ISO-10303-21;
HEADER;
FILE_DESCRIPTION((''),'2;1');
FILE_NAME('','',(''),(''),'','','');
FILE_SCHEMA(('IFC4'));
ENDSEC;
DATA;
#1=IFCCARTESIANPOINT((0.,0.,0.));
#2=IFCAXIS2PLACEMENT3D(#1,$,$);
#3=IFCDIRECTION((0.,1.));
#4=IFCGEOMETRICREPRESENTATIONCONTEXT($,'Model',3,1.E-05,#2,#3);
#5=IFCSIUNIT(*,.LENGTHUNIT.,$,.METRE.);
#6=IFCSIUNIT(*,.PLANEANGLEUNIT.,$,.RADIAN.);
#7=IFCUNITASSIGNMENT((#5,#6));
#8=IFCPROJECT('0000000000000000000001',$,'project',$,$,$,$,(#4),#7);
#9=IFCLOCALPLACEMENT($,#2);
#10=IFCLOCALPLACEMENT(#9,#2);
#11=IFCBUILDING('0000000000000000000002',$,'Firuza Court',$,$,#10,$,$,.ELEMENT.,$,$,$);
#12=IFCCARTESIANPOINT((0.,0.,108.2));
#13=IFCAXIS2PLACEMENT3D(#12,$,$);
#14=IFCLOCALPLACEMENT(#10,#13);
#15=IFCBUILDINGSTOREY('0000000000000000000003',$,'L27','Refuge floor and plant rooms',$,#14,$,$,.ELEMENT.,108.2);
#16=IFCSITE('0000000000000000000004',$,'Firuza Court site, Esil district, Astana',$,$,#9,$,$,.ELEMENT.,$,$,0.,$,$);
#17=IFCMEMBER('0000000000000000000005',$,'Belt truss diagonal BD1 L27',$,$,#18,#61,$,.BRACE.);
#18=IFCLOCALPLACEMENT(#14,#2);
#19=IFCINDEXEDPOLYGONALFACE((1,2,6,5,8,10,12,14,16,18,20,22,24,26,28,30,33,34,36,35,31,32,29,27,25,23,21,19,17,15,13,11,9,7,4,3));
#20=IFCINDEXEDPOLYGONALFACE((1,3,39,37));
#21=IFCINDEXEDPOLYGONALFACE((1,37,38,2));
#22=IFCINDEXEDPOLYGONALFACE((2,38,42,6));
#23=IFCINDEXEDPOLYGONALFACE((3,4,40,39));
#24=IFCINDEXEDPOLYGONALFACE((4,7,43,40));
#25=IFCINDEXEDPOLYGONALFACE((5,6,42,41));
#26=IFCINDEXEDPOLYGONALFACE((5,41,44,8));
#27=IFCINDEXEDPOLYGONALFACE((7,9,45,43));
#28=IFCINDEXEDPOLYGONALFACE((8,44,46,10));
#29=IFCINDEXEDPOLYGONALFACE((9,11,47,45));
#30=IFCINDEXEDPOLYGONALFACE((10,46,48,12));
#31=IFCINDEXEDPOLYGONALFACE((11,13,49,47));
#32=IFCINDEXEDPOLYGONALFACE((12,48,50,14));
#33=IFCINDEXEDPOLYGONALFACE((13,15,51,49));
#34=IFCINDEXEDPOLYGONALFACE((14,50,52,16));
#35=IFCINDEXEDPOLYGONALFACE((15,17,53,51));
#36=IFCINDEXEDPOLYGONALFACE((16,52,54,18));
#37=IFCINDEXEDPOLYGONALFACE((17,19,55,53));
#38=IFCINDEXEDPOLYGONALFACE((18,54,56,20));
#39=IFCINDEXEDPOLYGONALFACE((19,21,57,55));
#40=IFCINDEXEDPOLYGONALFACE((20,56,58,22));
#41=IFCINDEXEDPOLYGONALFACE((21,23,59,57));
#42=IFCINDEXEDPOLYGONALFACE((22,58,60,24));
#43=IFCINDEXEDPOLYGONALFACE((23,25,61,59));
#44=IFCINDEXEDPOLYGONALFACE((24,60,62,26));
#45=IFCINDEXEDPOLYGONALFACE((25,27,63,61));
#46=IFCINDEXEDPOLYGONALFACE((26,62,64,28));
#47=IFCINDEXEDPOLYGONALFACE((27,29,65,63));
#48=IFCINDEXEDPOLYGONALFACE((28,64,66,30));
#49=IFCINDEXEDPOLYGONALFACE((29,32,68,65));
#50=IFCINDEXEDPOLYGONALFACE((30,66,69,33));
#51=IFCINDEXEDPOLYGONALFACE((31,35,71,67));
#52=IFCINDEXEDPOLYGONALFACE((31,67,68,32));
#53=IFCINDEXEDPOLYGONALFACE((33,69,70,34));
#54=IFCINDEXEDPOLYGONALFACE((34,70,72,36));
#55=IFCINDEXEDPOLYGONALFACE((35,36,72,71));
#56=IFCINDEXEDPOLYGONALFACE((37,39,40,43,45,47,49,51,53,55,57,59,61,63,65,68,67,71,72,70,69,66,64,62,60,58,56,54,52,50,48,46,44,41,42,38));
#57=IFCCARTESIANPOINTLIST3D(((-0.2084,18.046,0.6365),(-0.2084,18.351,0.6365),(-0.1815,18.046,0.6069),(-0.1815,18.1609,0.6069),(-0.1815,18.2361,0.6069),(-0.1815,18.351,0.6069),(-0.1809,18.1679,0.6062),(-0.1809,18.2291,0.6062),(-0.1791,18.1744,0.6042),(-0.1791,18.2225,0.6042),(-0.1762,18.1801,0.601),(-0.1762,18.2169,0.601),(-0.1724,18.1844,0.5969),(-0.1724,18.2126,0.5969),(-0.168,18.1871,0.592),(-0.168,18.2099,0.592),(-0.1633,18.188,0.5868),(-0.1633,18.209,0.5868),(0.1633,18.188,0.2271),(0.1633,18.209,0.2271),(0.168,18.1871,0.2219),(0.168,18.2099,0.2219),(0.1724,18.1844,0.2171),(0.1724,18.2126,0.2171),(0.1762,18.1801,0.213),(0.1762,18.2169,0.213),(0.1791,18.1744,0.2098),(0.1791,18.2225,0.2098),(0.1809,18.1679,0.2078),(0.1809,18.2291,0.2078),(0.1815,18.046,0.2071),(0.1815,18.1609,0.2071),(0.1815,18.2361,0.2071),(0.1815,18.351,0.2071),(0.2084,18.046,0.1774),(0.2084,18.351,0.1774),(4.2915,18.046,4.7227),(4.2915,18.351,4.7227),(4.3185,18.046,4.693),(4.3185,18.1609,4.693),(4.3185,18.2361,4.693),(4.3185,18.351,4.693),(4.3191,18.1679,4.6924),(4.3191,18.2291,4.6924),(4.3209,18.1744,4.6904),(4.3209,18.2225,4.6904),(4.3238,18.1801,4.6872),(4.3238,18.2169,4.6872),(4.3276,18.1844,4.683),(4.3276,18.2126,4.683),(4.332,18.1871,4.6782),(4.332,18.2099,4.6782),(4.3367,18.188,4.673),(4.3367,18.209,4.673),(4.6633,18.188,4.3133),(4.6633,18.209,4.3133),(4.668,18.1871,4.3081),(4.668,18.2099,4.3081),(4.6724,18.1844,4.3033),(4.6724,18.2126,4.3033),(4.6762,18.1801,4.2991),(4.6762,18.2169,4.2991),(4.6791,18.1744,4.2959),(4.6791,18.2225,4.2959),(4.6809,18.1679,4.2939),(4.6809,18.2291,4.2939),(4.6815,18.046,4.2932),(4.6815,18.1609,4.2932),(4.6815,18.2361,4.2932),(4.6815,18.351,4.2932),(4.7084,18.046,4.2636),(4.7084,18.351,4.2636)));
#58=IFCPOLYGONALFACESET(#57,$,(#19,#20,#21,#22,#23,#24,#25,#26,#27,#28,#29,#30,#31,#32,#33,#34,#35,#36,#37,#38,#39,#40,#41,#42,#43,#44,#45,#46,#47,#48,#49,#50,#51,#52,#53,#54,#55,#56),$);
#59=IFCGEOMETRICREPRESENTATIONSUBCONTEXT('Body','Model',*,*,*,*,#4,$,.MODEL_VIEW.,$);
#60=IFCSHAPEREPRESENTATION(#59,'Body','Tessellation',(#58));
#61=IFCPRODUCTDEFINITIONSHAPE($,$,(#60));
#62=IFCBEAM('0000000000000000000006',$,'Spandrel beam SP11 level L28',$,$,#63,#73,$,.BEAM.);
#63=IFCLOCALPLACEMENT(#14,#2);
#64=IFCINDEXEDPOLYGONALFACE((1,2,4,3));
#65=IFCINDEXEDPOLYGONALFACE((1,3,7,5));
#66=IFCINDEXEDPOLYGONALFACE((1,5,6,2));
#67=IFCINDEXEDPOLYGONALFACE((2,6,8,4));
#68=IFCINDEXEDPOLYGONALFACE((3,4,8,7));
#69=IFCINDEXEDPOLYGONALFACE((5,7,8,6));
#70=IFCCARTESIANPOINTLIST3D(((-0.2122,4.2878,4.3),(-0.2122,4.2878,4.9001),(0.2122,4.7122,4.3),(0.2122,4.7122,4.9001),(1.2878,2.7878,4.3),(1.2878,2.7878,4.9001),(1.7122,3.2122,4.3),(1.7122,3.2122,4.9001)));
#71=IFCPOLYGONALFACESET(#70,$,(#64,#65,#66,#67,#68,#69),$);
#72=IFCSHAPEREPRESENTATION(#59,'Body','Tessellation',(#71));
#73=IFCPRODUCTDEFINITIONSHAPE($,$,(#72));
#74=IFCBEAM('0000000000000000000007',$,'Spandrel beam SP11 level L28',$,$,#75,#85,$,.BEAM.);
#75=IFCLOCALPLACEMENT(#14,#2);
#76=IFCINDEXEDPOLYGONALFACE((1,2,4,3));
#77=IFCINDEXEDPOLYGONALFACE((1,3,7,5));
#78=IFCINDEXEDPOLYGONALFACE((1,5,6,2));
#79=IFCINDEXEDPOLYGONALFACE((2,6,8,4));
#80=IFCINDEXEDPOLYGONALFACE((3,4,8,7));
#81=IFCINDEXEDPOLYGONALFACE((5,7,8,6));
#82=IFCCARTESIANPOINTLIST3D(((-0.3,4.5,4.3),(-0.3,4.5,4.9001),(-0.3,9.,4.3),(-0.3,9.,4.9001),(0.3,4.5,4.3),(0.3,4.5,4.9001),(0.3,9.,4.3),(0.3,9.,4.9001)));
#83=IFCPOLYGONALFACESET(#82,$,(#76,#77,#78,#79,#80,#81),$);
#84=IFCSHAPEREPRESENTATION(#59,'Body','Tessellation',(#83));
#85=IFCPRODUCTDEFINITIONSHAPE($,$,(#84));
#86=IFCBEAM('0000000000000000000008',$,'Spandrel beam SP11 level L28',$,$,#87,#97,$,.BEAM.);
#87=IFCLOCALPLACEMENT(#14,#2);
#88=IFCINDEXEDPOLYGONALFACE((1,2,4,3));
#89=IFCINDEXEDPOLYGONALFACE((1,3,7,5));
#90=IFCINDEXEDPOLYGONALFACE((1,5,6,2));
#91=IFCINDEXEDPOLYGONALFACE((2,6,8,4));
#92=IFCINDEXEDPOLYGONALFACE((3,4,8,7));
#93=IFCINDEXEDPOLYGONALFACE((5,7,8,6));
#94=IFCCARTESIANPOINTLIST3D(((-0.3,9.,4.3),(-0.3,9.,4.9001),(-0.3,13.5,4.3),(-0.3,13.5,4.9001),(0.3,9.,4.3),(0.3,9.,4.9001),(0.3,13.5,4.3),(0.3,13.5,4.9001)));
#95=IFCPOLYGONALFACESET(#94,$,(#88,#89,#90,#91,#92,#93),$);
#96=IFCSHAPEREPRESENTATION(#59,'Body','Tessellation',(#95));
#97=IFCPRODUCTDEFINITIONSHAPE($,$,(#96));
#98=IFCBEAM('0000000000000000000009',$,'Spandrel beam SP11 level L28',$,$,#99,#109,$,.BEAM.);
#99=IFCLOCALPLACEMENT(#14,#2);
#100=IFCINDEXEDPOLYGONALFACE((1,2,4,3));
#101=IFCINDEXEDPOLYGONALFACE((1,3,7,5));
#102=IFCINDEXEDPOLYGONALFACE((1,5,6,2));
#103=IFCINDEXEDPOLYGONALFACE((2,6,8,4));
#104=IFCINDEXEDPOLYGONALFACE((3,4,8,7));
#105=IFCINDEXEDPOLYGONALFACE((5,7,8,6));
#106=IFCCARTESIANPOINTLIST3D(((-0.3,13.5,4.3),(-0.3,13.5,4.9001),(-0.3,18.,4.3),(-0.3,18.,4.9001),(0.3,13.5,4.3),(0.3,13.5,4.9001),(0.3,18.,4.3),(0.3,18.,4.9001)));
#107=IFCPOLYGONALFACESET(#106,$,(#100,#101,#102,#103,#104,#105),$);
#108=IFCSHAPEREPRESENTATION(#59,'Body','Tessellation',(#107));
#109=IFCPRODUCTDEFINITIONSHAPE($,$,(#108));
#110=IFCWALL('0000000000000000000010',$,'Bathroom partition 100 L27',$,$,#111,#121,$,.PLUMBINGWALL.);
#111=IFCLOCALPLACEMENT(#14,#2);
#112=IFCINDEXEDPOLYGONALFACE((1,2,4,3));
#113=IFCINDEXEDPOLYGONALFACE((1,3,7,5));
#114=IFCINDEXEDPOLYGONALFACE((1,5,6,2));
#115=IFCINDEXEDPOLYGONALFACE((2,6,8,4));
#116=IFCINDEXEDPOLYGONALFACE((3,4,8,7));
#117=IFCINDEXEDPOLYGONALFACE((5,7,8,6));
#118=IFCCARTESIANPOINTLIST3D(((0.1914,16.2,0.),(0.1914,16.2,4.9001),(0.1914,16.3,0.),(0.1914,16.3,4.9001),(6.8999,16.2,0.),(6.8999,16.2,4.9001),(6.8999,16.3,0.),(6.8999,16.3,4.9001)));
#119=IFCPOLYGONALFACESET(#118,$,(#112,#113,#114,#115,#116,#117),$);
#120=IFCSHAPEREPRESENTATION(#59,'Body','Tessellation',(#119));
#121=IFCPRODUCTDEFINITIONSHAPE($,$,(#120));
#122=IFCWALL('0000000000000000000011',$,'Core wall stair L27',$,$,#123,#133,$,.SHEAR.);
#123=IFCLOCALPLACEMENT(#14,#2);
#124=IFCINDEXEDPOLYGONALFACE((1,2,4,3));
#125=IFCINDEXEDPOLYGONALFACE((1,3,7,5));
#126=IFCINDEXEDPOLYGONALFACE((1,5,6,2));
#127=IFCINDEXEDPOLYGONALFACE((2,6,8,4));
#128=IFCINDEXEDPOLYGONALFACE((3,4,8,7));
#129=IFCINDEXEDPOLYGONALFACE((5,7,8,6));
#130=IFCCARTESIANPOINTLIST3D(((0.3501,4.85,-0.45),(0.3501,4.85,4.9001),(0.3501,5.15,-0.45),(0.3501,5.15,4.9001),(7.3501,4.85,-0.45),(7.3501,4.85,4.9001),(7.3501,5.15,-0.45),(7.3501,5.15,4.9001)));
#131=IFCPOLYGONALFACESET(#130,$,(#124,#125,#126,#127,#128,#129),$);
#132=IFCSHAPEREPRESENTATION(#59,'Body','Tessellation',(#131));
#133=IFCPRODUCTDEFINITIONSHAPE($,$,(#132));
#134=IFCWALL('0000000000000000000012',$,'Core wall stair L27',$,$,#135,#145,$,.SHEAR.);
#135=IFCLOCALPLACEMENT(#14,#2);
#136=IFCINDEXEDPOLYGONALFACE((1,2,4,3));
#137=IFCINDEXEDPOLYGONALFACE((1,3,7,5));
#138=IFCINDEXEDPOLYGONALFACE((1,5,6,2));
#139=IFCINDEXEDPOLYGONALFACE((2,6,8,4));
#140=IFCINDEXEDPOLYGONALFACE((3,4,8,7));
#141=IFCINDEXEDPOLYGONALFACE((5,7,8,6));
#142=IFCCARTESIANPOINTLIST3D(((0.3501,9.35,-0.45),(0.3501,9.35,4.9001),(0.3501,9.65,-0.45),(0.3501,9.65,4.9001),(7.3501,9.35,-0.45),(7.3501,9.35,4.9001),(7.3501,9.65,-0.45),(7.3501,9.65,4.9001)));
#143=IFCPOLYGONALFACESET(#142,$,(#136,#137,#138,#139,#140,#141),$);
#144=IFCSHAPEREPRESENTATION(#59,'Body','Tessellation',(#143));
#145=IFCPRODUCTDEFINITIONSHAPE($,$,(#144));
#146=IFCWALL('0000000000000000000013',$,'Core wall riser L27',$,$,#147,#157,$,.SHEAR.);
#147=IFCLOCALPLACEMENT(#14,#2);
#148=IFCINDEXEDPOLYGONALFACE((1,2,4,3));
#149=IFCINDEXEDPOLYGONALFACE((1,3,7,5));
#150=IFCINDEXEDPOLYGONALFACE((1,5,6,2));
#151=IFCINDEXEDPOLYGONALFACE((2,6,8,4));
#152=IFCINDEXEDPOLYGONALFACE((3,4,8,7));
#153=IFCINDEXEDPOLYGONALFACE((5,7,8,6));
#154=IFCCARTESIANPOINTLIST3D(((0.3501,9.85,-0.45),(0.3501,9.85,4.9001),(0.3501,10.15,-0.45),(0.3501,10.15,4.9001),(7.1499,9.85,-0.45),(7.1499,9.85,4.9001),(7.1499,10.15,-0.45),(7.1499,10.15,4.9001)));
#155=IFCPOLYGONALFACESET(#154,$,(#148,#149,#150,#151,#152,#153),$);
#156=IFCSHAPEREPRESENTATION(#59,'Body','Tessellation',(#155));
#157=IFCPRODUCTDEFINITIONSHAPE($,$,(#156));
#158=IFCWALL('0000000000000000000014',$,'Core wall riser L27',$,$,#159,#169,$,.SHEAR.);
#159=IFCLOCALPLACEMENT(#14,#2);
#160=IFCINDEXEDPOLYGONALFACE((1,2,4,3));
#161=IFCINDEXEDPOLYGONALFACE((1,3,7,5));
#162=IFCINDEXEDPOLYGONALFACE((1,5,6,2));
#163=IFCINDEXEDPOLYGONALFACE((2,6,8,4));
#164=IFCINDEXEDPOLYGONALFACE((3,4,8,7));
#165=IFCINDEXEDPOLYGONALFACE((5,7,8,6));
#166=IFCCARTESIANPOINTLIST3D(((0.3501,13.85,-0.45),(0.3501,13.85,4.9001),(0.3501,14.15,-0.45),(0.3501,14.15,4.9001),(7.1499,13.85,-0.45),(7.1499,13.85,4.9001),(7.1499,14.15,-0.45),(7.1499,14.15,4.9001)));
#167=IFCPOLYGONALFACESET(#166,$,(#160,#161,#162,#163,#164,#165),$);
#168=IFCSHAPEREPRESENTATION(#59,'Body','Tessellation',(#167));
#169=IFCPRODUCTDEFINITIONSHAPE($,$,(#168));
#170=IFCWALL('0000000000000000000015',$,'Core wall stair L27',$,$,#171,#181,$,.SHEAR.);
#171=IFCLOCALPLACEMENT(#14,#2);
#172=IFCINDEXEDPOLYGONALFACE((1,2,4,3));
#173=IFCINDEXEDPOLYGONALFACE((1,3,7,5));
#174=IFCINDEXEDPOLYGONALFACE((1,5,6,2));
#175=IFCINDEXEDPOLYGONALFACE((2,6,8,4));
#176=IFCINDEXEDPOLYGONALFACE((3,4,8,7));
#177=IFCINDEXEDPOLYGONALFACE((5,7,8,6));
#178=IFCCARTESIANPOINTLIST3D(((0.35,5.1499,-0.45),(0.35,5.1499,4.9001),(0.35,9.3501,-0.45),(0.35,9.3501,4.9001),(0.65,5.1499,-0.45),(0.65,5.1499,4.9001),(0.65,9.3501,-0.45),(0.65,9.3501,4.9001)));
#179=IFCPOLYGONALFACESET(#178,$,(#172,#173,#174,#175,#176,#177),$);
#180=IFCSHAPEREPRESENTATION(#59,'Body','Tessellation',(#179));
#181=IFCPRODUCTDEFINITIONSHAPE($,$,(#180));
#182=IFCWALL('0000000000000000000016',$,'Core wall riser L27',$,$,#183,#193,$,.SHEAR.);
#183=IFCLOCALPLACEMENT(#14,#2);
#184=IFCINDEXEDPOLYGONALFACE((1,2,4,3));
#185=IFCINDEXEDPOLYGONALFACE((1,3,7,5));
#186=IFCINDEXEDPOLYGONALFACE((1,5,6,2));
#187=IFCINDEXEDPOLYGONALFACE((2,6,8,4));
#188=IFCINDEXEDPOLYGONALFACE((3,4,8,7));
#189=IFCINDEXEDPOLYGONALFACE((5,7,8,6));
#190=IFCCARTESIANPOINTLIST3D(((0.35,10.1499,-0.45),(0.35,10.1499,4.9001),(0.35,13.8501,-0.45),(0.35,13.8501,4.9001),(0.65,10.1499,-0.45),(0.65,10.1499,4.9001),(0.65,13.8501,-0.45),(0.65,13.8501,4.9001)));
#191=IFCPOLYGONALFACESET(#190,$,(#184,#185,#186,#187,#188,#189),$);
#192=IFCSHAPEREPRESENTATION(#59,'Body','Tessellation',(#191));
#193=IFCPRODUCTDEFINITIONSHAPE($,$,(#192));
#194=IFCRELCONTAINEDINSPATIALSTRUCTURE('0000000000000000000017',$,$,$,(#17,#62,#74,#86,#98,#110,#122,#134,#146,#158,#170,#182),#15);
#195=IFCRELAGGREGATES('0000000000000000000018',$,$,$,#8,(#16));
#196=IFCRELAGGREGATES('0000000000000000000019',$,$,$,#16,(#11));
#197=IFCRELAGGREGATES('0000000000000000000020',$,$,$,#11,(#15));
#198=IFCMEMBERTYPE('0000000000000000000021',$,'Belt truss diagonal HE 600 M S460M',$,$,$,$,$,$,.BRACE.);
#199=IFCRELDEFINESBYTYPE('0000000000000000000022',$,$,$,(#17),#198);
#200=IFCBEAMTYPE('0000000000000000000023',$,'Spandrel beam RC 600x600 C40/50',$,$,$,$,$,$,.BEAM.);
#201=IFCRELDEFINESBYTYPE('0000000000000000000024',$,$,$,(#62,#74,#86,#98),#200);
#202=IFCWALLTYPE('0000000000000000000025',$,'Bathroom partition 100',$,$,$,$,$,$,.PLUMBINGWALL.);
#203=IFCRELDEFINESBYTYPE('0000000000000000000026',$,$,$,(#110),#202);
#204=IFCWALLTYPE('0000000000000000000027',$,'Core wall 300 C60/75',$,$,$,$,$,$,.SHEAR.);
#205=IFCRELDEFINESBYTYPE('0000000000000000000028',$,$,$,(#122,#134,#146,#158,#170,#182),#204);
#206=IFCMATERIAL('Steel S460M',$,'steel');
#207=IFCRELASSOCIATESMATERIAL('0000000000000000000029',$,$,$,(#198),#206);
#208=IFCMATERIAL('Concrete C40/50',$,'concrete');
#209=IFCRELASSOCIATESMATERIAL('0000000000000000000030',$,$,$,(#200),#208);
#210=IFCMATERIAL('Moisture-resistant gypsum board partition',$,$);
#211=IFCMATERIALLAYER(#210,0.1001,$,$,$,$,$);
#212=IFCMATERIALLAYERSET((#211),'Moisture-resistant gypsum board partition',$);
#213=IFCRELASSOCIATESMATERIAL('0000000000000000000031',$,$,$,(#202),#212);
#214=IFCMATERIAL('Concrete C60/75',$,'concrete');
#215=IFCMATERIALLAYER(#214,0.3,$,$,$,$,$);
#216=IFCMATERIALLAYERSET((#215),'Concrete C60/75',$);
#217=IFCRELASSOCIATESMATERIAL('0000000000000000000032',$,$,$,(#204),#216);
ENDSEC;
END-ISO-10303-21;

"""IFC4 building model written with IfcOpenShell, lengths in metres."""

from ifc_helpers import new_model, si_unit, direction, frame, frame_2d, origin, origin_2d, place, context, subcontext, project, spatial, rectangle, i_section, extrude, material, layer, layer_set, material_profile, profile_set, type_object, element, save


model = new_model("IFC4")

# Units and contexts
model_context = context("Model", 3, precision=1e-05, world=origin(), true_north=direction((0.0, 1.0)))
body_context = subcontext(model_context, "Body", "Model", "MODEL_VIEW")
ifc_project = project(units=[si_unit("LENGTHUNIT", "METRE"), si_unit("PLANEANGLEUNIT", "RADIAN")], contexts=[model_context])

# Site, building, storey
site_placement = place(None, origin())
site = spatial("IfcSite", under=ifc_project, at=site_placement, Name="Firuza Court site, Esil district, Astana", CompositionType="ELEMENT", RefElevation=0.0)
building_placement = place(site_placement, origin())
building = spatial("IfcBuilding", under=site, at=building_placement, Name="Firuza Court", CompositionType="ELEMENT")
storey_placement = place(building_placement, frame((0.0, 0.0, 108.2)))
storey = spatial("IfcBuildingStorey", under=building, at=storey_placement, Name="L27", Description="Refuge floor and plant rooms", CompositionType="ELEMENT", Elevation=108.2)

# Member
ifc_material_1 = material(Name="Steel S460M", Category="steel")
ifc_material_profile_1 = material_profile(ifc_material_1, i_section(OverallWidth=0.3049, OverallDepth=0.6201, WebThickness=0.021, FlangeThickness=0.04, FilletRadius=0.0271, at=origin_2d()), Name="HE 600 M")
ifc_profile_set_1 = profile_set([ifc_material_profile_1], Name="Steel S460M")
member_type_1 = type_object("IfcMemberType", Name="Belt truss diagonal HE 600 M S460M", PredefinedType="BRACE", material=ifc_profile_set_1)
member_1_placement = place(storey_placement, frame((0.0, 18.1985, 0.407), z_axis=(0.740327, 0.0, 0.672247), x_axis=(0.0, 1.0, 0.0)))
element("IfcMember", 1, at=member_1_placement, inside=storey, type_object=member_type_1, Name="Belt truss diagonal BD1 L27", PredefinedType="BRACE", context=body_context, shape_type="SweptSolid", body=[
    extrude(i_section(OverallWidth=0.3049, OverallDepth=0.6201, WebThickness=0.021, FlangeThickness=0.04, FilletRadius=0.0271, at=origin_2d()), origin(), (0.0, 0.0, 1.0), 6.0784),
])

# Beams
ifc_material_2 = material(Name="Concrete C40/50", Category="concrete")
ifc_material_profile_2 = material_profile(ifc_material_2, rectangle(XDim=0.6001, YDim=0.6001, at=origin_2d()), Name="RC 600x600")
ifc_profile_set_2 = profile_set([ifc_material_profile_2], Name="Concrete C40/50")
beam_type = type_object("IfcBeamType", Name="Spandrel beam RC 600x600 C40/50", PredefinedType="BEAM", material=ifc_profile_set_2)
beam_placement = place(storey_placement, frame((0.0, 4.5, 4.6001), z_axis=(0.707107, -0.707107, 0.0), x_axis=(0.707107, 0.707107, 0.0)))
element("IfcBeam", 2, at=beam_placement, inside=storey, type_object=beam_type, Name="Spandrel beam SP11 level L28", PredefinedType="BEAM", context=body_context, shape_type="SweptSolid", body=[
    extrude(rectangle(XDim=0.6001, YDim=0.6001, at=origin_2d()), origin(), (0.0, 0.0, 1.0), 2.1213),
])
for number, where, z_axis, x_axis, name in (
    (3, (0.0, 9.0, 4.6001), (0.0, -1.0, 0.0), (1.0, 0.0, 0.0), "Spandrel beam SP11 level L28"),
    (4, (0.0, 13.5, 4.6001), (0.0, -1.0, 0.0), (1.0, 0.0, 0.0), "Spandrel beam SP11 level L28"),
    (5, (0.0, 18.0, 4.6001), (0.0, -1.0, 0.0), (1.0, 0.0, 0.0), "Spandrel beam SP11 level L28"),
):
    element("IfcBeam", number, at=place(storey_placement, frame(where, z_axis=z_axis, x_axis=x_axis)), inside=storey, type_object=beam_type, Name=name, PredefinedType="BEAM", context=body_context, shape_type="SweptSolid", body=[
        extrude(rectangle(XDim=0.6001, YDim=0.6001, at=origin_2d()), origin(), (0.0, 0.0, 1.0), 4.5),
    ])

# Walls
ifc_material_3 = material(Name="Moisture-resistant gypsum board partition")
ifc_layer_1 = layer(ifc_material_3, 0.1001)
ifc_layer_set_1 = layer_set([ifc_layer_1], Name="Moisture-resistant gypsum board partition")
wall_type_1 = type_object("IfcWallType", Name="Bathroom partition 100", PredefinedType="PLUMBINGWALL", material=ifc_layer_set_1)
wall_1_placement = place(storey_placement, frame((0.1914, 16.25, 0.0), z_axis=(0.0, 0.0, 1.0), x_axis=(1.0, 0.0, 0.0)))
element("IfcWall", 6, at=wall_1_placement, inside=storey, type_object=wall_type_1, Name="Bathroom partition 100 L27", PredefinedType="PLUMBINGWALL", context=body_context, shape_type="SweptSolid", body=[
    extrude(rectangle(XDim=6.7085, YDim=0.1001, at=frame_2d((3.3542, 0.0))), origin(), (0.0, 0.0, 1.0), 4.9001),
])
ifc_material_4 = material(Name="Concrete C60/75", Category="concrete")
ifc_layer_2 = layer(ifc_material_4, 0.3)
ifc_layer_set_2 = layer_set([ifc_layer_2], Name="Concrete C60/75")
wall_type_2 = type_object("IfcWallType", Name="Core wall 300 C60/75", PredefinedType="SHEAR", material=ifc_layer_set_2)
for number, where, z_axis, x_axis, name in (
    (7, (0.3501, 5.0, -0.45), (0.0, 0.0, 1.0), (1.0, 0.0, 0.0), "Core wall stair L27"),
    (8, (0.3501, 9.5, -0.45), (0.0, 0.0, 1.0), (1.0, 0.0, 0.0), "Core wall stair L27"),
):
    element("IfcWall", number, at=place(storey_placement, frame(where, z_axis=z_axis, x_axis=x_axis)), inside=storey, type_object=wall_type_2, Name=name, PredefinedType="SHEAR", context=body_context, shape_type="SweptSolid", body=[
        extrude(rectangle(XDim=7.0, YDim=0.3, at=frame_2d((3.5, 0.0))), origin(), (0.0, 0.0, 1.0), 5.3501),
    ])
for number, where, z_axis, x_axis, name in (
    (9, (0.3501, 10.0, -0.45), (0.0, 0.0, 1.0), (1.0, 0.0, 0.0), "Core wall riser L27"),
    (10, (0.3501, 14.0, -0.45), (0.0, 0.0, 1.0), (1.0, 0.0, 0.0), "Core wall riser L27"),
):
    element("IfcWall", number, at=place(storey_placement, frame(where, z_axis=z_axis, x_axis=x_axis)), inside=storey, type_object=wall_type_2, Name=name, PredefinedType="SHEAR", context=body_context, shape_type="SweptSolid", body=[
        extrude(rectangle(XDim=6.7998, YDim=0.3, at=frame_2d((3.3999, 0.0))), origin(), (0.0, 0.0, 1.0), 5.3501),
    ])
wall_2_placement = place(storey_placement, frame((0.5, 5.1499, -0.45), z_axis=(0.0, 0.0, 1.0), x_axis=(0.0, 1.0, 0.0)))
element("IfcWall", 11, at=wall_2_placement, inside=storey, type_object=wall_type_2, Name="Core wall stair L27", PredefinedType="SHEAR", context=body_context, shape_type="SweptSolid", body=[
    extrude(rectangle(XDim=4.2002, YDim=0.3, at=frame_2d((2.1001, 0.0))), origin(), (0.0, 0.0, 1.0), 5.3501),
])
wall_3_placement = place(storey_placement, frame((0.5, 10.1499, -0.45), z_axis=(0.0, 0.0, 1.0), x_axis=(0.0, 1.0, 0.0)))
element("IfcWall", 12, at=wall_3_placement, inside=storey, type_object=wall_type_2, Name="Core wall riser L27", PredefinedType="SHEAR", context=body_context, shape_type="SweptSolid", body=[
    extrude(rectangle(XDim=3.7002, YDim=0.3, at=frame_2d((1.8501, 0.0))), origin(), (0.0, 0.0, 1.0), 5.3501),
])

save(model, "model.ifc")
